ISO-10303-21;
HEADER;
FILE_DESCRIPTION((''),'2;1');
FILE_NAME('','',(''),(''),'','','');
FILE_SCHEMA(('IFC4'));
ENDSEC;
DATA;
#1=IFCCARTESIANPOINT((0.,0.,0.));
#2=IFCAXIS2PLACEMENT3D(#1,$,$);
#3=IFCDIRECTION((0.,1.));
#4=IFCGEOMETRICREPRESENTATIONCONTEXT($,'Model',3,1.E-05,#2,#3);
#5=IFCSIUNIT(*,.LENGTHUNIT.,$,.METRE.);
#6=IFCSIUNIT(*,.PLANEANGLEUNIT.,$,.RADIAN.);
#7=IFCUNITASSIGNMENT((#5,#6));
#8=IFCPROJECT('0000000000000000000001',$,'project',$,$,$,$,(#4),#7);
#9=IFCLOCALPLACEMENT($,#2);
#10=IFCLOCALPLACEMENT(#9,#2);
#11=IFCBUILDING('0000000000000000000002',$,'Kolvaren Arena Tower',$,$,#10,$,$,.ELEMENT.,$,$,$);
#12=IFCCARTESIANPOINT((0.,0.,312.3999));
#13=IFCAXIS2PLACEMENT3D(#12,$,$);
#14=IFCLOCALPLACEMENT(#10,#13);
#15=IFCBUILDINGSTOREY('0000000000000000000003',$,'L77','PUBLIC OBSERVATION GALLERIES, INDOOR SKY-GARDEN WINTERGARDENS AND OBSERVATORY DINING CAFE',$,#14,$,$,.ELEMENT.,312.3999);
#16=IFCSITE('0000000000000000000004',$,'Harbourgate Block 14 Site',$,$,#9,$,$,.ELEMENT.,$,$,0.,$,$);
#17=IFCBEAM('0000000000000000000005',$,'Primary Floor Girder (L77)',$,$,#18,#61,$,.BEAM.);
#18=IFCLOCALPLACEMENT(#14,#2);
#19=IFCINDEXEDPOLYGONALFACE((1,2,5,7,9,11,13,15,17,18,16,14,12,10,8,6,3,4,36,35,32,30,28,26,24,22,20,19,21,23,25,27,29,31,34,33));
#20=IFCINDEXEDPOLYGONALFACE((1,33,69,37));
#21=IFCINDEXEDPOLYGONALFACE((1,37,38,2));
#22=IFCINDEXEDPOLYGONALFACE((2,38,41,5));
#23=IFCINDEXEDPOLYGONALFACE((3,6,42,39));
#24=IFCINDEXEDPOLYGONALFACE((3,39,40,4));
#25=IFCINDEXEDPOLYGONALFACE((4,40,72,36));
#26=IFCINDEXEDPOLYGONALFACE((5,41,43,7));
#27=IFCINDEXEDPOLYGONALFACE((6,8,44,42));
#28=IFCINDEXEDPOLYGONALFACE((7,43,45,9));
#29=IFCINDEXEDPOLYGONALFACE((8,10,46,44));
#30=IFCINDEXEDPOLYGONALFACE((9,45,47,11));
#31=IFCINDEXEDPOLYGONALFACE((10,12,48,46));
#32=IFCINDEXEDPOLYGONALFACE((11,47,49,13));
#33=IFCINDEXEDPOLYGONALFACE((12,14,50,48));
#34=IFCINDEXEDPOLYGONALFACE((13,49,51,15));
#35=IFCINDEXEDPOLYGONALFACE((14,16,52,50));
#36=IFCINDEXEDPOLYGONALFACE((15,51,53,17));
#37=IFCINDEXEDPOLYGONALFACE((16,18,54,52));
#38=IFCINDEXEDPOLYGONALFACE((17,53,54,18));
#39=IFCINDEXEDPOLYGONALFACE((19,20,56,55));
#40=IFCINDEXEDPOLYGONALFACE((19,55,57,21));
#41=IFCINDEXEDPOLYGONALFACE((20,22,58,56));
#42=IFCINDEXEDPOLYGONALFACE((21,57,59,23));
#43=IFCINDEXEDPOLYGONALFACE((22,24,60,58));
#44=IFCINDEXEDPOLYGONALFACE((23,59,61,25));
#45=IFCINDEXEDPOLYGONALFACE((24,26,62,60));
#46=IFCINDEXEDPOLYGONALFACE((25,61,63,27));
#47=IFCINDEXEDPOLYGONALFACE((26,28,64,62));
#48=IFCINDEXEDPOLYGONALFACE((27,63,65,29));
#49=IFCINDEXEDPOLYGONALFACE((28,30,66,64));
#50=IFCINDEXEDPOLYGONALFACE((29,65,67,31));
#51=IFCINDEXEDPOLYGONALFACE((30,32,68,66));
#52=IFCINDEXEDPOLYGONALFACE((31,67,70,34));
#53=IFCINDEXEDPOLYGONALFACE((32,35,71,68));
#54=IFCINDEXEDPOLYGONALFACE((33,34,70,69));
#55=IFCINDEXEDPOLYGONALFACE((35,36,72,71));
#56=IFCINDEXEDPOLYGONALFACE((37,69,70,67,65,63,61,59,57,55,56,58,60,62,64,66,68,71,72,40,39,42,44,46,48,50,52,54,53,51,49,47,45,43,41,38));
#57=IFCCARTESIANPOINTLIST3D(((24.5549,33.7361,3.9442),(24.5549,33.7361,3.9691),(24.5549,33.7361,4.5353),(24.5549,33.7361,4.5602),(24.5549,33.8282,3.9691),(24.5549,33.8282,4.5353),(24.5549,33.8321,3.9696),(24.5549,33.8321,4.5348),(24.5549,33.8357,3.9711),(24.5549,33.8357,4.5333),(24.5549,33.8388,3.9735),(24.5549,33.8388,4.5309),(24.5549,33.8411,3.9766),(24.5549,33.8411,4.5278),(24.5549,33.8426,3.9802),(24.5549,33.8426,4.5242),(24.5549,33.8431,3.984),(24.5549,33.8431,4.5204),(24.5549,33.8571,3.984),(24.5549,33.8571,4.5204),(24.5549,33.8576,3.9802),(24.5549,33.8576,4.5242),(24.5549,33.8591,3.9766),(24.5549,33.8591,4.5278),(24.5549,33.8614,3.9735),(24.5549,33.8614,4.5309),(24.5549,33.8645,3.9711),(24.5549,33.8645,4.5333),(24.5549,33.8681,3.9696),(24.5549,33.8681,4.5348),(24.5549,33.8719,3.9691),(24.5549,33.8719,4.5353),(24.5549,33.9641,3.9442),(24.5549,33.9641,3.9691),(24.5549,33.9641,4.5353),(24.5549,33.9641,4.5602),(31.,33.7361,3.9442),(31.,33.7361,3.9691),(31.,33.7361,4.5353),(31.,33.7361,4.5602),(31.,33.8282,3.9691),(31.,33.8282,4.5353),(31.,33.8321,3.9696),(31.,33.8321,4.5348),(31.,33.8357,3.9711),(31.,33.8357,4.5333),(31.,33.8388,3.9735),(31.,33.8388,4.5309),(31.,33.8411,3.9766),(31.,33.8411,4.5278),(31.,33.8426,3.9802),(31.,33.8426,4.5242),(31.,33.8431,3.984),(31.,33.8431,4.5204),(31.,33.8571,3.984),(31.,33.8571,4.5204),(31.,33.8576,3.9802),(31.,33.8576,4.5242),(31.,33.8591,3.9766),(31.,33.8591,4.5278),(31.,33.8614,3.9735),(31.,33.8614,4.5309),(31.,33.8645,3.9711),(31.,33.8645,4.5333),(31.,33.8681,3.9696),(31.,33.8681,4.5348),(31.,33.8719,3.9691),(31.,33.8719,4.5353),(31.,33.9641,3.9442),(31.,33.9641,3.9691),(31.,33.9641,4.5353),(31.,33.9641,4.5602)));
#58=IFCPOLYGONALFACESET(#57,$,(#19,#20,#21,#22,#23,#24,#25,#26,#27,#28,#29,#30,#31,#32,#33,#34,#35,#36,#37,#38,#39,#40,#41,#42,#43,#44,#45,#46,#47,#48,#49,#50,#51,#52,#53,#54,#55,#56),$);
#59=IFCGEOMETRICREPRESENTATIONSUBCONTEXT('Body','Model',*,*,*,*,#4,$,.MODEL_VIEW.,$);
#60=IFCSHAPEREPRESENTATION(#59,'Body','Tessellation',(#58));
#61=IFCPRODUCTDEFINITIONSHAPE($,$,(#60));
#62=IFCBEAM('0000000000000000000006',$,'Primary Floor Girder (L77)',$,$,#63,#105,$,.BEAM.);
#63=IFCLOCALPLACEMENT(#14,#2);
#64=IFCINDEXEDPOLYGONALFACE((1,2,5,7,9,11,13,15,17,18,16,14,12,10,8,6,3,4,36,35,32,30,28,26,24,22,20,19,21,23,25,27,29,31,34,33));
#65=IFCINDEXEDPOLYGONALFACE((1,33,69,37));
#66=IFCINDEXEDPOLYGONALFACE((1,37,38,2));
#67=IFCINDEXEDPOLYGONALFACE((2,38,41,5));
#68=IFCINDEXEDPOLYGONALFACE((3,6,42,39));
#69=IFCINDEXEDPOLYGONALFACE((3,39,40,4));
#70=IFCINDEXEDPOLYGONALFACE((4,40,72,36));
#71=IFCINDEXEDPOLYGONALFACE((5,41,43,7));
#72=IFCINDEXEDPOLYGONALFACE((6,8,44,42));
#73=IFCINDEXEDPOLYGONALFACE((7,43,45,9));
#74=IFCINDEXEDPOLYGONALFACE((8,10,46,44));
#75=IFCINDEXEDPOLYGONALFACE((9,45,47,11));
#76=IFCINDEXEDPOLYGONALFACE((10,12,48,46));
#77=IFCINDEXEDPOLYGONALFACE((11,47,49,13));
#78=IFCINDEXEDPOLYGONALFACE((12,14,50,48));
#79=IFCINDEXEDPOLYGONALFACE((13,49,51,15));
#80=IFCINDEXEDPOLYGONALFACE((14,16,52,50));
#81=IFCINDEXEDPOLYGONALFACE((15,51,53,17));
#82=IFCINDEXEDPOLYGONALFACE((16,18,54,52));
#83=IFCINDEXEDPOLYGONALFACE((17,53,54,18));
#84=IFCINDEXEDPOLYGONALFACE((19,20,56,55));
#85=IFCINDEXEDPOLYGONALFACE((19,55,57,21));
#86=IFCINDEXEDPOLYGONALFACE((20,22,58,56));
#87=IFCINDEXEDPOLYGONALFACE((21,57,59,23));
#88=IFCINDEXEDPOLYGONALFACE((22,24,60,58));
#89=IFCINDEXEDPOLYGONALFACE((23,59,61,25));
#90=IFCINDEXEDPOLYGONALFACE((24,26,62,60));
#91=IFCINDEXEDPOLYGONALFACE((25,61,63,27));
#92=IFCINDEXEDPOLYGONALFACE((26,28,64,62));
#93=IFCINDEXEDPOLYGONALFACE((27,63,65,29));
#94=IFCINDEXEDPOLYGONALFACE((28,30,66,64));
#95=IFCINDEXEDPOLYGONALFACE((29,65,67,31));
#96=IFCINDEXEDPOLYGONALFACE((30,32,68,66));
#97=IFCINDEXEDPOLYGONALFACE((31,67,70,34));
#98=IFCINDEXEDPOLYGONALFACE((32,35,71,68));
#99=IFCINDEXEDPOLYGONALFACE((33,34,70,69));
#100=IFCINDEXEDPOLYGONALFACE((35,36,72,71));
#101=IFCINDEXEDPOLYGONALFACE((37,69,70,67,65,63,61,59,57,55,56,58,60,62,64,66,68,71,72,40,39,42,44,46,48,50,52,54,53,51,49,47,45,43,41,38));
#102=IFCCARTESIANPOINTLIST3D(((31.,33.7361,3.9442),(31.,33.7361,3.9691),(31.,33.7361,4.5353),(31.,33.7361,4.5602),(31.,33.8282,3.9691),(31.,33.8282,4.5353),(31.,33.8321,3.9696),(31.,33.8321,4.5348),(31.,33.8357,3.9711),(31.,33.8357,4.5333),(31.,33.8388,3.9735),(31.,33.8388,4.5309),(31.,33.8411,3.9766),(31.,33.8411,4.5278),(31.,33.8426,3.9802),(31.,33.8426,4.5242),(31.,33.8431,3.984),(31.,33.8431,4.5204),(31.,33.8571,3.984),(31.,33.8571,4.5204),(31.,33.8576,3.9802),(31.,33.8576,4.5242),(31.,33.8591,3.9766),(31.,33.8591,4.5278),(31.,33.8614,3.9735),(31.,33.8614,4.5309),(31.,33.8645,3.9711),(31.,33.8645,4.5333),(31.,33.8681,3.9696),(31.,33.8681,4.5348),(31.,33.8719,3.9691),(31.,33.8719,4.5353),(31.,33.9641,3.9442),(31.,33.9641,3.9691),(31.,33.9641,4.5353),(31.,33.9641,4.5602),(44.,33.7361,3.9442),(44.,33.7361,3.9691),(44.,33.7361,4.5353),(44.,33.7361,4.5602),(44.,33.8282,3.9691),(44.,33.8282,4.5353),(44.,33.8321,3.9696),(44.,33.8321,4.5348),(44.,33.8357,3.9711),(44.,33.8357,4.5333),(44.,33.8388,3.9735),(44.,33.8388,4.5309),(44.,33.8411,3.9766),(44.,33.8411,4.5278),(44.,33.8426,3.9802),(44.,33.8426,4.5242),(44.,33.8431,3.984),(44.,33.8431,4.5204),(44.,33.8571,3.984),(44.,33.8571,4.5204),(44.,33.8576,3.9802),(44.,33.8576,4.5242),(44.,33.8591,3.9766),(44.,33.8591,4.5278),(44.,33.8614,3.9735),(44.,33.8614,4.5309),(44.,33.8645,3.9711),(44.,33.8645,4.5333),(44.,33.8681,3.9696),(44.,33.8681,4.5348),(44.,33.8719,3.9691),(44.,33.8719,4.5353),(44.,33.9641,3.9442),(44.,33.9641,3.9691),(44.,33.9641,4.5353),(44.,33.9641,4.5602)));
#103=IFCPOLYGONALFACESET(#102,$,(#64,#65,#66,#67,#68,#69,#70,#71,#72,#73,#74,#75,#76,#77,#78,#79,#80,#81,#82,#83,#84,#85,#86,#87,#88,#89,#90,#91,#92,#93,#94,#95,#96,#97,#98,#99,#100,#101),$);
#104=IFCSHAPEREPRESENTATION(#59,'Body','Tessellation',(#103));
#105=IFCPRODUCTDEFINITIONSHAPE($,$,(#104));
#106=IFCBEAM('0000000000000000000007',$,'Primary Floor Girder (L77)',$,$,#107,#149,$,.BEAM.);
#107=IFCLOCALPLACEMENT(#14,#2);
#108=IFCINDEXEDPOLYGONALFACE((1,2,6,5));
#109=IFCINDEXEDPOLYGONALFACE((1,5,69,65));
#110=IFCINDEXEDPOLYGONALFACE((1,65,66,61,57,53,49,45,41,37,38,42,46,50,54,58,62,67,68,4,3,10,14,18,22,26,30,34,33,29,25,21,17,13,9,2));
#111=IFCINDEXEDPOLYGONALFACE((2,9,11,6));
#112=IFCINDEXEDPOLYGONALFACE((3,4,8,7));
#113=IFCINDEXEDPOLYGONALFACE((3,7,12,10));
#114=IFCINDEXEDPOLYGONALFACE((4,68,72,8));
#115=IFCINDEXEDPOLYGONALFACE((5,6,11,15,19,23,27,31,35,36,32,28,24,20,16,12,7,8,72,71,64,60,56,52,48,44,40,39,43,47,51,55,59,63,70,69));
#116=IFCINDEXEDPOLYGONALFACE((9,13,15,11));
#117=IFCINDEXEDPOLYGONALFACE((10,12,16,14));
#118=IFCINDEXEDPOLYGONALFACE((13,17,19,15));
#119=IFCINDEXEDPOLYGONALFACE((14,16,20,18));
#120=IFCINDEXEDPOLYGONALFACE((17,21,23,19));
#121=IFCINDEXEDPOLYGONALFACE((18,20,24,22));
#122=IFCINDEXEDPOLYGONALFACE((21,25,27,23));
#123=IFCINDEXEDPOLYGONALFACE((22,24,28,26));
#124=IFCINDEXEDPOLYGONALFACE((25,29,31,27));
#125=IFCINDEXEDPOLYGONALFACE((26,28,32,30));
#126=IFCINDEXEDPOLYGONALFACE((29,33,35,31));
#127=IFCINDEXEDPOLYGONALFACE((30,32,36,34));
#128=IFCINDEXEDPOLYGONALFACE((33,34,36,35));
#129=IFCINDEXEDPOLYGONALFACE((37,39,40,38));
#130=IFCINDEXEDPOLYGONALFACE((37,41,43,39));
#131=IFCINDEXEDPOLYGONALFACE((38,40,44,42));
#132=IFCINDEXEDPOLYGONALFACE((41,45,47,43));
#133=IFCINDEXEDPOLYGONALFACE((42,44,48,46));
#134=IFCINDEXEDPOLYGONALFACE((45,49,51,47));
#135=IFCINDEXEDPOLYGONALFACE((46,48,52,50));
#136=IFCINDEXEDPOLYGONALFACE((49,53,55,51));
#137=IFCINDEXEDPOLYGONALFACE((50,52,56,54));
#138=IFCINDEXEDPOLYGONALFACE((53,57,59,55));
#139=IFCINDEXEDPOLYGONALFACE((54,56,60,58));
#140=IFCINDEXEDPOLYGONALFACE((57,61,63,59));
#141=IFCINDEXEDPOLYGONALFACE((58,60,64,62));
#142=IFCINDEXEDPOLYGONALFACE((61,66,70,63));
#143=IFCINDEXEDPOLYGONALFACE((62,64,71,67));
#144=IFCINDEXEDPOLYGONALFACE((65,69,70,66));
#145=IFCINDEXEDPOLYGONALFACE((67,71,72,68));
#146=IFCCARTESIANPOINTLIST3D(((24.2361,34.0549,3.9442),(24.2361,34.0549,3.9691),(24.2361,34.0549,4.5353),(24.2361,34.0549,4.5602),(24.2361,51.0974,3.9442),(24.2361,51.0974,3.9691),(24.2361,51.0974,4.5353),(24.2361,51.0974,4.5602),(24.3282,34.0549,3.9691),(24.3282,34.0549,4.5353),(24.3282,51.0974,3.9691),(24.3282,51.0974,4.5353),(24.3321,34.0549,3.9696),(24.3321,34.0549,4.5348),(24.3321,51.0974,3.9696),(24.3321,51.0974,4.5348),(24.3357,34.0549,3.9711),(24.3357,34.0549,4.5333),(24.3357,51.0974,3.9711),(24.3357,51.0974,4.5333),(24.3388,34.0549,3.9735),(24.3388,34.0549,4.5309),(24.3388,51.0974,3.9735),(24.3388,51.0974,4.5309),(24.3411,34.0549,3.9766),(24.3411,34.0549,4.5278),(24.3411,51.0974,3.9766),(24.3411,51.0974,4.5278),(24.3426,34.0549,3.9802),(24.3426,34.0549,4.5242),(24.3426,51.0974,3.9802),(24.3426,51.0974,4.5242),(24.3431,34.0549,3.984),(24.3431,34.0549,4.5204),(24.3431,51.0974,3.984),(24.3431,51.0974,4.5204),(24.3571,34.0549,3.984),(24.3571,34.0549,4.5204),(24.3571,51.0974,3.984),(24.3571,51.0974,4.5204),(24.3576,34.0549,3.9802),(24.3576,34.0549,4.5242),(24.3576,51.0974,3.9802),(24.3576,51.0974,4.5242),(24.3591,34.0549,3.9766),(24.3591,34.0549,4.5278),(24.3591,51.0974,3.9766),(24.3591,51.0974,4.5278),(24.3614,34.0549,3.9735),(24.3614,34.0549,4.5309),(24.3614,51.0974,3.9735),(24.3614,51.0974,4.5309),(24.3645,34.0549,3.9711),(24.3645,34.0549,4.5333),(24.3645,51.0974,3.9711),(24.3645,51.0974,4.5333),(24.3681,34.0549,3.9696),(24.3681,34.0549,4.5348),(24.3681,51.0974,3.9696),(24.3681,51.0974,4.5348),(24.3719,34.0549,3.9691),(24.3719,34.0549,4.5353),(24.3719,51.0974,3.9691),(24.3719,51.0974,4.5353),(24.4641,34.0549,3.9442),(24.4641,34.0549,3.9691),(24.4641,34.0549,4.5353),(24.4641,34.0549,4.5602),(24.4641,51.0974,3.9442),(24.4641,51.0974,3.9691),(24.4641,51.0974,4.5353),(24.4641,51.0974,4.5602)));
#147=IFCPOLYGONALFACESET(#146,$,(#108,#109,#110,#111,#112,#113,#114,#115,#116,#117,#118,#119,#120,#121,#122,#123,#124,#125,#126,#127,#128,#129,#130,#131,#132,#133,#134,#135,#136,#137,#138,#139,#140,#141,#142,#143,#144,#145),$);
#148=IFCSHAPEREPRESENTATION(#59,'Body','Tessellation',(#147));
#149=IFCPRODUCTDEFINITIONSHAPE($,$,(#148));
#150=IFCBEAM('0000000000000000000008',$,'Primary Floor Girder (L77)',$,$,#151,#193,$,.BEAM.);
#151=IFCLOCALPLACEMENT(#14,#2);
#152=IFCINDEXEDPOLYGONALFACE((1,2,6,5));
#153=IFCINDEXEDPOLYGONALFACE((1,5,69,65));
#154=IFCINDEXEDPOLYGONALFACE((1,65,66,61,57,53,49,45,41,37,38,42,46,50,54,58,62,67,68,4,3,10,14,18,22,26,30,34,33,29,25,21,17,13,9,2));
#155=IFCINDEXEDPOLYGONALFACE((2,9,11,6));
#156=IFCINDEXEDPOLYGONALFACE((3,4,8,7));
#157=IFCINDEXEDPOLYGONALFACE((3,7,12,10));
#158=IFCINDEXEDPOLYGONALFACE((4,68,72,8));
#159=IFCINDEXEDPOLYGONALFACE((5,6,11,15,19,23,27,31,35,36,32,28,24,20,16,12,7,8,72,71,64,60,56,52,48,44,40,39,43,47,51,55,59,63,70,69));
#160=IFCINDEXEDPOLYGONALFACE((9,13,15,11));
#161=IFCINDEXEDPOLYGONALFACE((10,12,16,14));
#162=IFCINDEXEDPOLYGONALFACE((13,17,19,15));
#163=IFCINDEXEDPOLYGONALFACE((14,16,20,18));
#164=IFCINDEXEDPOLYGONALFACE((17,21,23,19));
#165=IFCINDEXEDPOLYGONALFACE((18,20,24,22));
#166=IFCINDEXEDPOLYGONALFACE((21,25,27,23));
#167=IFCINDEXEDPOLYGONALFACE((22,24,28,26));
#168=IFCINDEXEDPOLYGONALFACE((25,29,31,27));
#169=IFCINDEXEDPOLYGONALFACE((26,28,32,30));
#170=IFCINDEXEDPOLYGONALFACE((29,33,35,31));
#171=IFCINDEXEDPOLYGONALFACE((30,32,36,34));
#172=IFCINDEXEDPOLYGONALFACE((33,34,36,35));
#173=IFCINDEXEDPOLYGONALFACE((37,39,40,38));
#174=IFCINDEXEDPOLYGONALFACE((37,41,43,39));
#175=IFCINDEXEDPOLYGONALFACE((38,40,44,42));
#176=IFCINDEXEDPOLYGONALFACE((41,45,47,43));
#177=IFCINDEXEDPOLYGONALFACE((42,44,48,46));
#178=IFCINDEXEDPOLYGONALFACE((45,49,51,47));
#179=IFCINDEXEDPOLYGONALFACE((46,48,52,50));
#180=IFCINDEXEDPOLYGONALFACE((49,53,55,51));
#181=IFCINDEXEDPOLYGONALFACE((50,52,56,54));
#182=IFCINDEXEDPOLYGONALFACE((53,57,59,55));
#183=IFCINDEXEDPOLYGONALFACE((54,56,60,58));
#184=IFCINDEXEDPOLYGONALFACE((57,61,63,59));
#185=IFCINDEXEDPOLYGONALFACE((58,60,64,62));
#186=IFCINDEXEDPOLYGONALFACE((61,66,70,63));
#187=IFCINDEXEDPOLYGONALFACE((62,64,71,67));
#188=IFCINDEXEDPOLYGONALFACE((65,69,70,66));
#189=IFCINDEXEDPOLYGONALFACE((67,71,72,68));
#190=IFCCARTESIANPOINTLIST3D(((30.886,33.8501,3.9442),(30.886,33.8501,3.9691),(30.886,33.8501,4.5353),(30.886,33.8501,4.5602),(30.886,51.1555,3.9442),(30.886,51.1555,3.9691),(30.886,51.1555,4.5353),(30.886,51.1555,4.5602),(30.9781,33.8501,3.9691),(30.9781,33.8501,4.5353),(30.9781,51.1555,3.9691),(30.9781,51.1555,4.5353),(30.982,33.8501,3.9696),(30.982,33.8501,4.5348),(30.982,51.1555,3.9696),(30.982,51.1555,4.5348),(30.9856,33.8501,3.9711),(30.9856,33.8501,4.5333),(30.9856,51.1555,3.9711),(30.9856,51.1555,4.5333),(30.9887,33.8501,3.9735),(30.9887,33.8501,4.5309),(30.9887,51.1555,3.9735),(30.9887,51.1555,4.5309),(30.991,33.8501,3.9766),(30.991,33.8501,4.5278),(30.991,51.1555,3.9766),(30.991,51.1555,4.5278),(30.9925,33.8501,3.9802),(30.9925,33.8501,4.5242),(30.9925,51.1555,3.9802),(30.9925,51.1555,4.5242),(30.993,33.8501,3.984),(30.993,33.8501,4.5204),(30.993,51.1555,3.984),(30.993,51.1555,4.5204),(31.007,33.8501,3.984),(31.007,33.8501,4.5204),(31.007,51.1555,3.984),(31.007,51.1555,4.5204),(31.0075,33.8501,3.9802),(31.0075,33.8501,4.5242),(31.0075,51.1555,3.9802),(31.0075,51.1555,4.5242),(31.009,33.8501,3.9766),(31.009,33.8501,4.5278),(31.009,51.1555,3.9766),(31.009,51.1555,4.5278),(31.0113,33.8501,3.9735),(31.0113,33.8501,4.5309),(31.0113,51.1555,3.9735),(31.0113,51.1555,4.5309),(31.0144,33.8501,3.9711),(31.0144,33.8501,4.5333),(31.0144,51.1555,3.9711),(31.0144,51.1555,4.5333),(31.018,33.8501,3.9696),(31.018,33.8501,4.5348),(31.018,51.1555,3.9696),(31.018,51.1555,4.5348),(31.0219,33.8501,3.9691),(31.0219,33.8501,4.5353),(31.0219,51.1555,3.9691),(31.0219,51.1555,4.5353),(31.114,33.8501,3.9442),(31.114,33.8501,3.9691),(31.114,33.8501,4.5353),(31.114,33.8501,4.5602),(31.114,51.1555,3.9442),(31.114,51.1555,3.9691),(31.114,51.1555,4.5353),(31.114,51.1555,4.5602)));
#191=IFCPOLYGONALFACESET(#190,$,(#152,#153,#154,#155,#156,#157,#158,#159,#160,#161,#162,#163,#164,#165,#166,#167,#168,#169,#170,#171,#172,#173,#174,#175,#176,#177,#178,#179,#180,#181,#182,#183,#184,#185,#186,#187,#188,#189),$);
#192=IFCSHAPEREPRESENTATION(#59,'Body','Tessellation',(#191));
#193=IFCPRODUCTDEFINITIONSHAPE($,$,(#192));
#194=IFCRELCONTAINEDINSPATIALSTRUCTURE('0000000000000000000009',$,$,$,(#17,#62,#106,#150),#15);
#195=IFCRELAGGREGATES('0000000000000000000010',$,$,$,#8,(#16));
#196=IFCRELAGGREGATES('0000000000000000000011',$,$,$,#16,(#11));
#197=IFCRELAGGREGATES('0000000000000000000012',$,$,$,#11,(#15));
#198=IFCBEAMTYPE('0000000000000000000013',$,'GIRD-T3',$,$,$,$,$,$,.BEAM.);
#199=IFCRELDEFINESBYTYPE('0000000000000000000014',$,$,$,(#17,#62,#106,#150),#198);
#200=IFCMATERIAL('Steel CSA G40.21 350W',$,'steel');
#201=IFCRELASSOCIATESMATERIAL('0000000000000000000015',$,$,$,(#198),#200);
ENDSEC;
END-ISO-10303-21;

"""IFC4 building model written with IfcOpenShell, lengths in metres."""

from ifc_helpers import new_model, si_unit, direction, frame, origin, origin_2d, place, context, subcontext, project, spatial, i_section, extrude, material, material_profile, profile_set, type_object, element, save


model = new_model("IFC4")

# Units and contexts
model_context = context("Model", 3, precision=1e-05, world=origin(), true_north=direction((0.0, 1.0)))
body_context = subcontext(model_context, "Body", "Model", "MODEL_VIEW")
ifc_project = project(units=[si_unit("LENGTHUNIT", "METRE"), si_unit("PLANEANGLEUNIT", "RADIAN")], contexts=[model_context])

# Site, building, storey
site_placement = place(None, origin())
site = spatial("IfcSite", under=ifc_project, at=site_placement, Name="Harbourgate Block 14 Site", CompositionType="ELEMENT", RefElevation=0.0)
building_placement = place(site_placement, origin())
building = spatial("IfcBuilding", under=site, at=building_placement, Name="Kolvaren Arena Tower", CompositionType="ELEMENT")
storey_placement = place(building_placement, frame((0.0, 0.0, 312.3999)))
storey = spatial("IfcBuildingStorey", under=building, at=storey_placement, Name="L77", Description="PUBLIC OBSERVATION GALLERIES, INDOOR SKY-GARDEN WINTERGARDENS AND OBSERVATORY DINING CAFE", CompositionType="ELEMENT", Elevation=312.3999)

# Beams
ifc_material_1 = material(Name="Steel CSA G40.21 350W", Category="steel")
ifc_material_profile_1 = material_profile(ifc_material_1, i_section(OverallWidth=0.228, OverallDepth=0.616, WebThickness=0.0139, FlangeThickness=0.0249, FilletRadius=0.0149, at=origin_2d()), Name="W610x174")
ifc_profile_set_1 = profile_set([ifc_material_profile_1], Name="Steel CSA G40.21 350W")
beam_type_1 = type_object("IfcBeamType", Name="GIRD-T3", PredefinedType="BEAM", material=ifc_profile_set_1)
beam_1_placement = place(storey_placement, frame((24.5549, 33.8501, 4.2522), z_axis=(1.0, 0.0, 0.0), x_axis=(0.0, 1.0, 0.0)))
element("IfcBeam", 1, at=beam_1_placement, inside=storey, type_object=beam_type_1, Name="Primary Floor Girder (L77)", PredefinedType="BEAM", context=body_context, shape_type="SweptSolid", body=[
    extrude(i_section(OverallWidth=0.228, OverallDepth=0.616, WebThickness=0.0139, FlangeThickness=0.0249, FilletRadius=0.0149, at=origin_2d()), origin(), (0.0, 0.0, 1.0), 6.4451),
])
beam_2_placement = place(storey_placement, frame((31.0, 33.8501, 4.2522), z_axis=(1.0, 0.0, 0.0), x_axis=(0.0, 1.0, 0.0)))
element("IfcBeam", 2, at=beam_2_placement, inside=storey, type_object=beam_type_1, Name="Primary Floor Girder (L77)", PredefinedType="BEAM", context=body_context, shape_type="SweptSolid", body=[
    extrude(i_section(OverallWidth=0.228, OverallDepth=0.616, WebThickness=0.0139, FlangeThickness=0.0249, FilletRadius=0.0149, at=origin_2d()), origin(), (0.0, 0.0, 1.0), 13.0),
])
beam_3_placement = place(storey_placement, frame((24.3501, 34.0549, 4.2522), z_axis=(0.0, 1.0, 0.0), x_axis=(-1.0, 0.0, 0.0)))
element("IfcBeam", 3, at=beam_3_placement, inside=storey, type_object=beam_type_1, Name="Primary Floor Girder (L77)", PredefinedType="BEAM", context=body_context, shape_type="SweptSolid", body=[
    extrude(i_section(OverallWidth=0.228, OverallDepth=0.616, WebThickness=0.0139, FlangeThickness=0.0249, FilletRadius=0.0149, at=origin_2d()), origin(), (0.0, 0.0, 1.0), 17.0425),
])
beam_4_placement = place(storey_placement, frame((31.0, 33.8501, 4.2522), z_axis=(0.0, 1.0, 0.0), x_axis=(-1.0, 0.0, 0.0)))
element("IfcBeam", 4, at=beam_4_placement, inside=storey, type_object=beam_type_1, Name="Primary Floor Girder (L77)", PredefinedType="BEAM", context=body_context, shape_type="SweptSolid", body=[
    extrude(i_section(OverallWidth=0.228, OverallDepth=0.616, WebThickness=0.0139, FlangeThickness=0.0249, FilletRadius=0.0149, at=origin_2d()), origin(), (0.0, 0.0, 1.0), 17.3054),
])

save(model, "model.ifc")
